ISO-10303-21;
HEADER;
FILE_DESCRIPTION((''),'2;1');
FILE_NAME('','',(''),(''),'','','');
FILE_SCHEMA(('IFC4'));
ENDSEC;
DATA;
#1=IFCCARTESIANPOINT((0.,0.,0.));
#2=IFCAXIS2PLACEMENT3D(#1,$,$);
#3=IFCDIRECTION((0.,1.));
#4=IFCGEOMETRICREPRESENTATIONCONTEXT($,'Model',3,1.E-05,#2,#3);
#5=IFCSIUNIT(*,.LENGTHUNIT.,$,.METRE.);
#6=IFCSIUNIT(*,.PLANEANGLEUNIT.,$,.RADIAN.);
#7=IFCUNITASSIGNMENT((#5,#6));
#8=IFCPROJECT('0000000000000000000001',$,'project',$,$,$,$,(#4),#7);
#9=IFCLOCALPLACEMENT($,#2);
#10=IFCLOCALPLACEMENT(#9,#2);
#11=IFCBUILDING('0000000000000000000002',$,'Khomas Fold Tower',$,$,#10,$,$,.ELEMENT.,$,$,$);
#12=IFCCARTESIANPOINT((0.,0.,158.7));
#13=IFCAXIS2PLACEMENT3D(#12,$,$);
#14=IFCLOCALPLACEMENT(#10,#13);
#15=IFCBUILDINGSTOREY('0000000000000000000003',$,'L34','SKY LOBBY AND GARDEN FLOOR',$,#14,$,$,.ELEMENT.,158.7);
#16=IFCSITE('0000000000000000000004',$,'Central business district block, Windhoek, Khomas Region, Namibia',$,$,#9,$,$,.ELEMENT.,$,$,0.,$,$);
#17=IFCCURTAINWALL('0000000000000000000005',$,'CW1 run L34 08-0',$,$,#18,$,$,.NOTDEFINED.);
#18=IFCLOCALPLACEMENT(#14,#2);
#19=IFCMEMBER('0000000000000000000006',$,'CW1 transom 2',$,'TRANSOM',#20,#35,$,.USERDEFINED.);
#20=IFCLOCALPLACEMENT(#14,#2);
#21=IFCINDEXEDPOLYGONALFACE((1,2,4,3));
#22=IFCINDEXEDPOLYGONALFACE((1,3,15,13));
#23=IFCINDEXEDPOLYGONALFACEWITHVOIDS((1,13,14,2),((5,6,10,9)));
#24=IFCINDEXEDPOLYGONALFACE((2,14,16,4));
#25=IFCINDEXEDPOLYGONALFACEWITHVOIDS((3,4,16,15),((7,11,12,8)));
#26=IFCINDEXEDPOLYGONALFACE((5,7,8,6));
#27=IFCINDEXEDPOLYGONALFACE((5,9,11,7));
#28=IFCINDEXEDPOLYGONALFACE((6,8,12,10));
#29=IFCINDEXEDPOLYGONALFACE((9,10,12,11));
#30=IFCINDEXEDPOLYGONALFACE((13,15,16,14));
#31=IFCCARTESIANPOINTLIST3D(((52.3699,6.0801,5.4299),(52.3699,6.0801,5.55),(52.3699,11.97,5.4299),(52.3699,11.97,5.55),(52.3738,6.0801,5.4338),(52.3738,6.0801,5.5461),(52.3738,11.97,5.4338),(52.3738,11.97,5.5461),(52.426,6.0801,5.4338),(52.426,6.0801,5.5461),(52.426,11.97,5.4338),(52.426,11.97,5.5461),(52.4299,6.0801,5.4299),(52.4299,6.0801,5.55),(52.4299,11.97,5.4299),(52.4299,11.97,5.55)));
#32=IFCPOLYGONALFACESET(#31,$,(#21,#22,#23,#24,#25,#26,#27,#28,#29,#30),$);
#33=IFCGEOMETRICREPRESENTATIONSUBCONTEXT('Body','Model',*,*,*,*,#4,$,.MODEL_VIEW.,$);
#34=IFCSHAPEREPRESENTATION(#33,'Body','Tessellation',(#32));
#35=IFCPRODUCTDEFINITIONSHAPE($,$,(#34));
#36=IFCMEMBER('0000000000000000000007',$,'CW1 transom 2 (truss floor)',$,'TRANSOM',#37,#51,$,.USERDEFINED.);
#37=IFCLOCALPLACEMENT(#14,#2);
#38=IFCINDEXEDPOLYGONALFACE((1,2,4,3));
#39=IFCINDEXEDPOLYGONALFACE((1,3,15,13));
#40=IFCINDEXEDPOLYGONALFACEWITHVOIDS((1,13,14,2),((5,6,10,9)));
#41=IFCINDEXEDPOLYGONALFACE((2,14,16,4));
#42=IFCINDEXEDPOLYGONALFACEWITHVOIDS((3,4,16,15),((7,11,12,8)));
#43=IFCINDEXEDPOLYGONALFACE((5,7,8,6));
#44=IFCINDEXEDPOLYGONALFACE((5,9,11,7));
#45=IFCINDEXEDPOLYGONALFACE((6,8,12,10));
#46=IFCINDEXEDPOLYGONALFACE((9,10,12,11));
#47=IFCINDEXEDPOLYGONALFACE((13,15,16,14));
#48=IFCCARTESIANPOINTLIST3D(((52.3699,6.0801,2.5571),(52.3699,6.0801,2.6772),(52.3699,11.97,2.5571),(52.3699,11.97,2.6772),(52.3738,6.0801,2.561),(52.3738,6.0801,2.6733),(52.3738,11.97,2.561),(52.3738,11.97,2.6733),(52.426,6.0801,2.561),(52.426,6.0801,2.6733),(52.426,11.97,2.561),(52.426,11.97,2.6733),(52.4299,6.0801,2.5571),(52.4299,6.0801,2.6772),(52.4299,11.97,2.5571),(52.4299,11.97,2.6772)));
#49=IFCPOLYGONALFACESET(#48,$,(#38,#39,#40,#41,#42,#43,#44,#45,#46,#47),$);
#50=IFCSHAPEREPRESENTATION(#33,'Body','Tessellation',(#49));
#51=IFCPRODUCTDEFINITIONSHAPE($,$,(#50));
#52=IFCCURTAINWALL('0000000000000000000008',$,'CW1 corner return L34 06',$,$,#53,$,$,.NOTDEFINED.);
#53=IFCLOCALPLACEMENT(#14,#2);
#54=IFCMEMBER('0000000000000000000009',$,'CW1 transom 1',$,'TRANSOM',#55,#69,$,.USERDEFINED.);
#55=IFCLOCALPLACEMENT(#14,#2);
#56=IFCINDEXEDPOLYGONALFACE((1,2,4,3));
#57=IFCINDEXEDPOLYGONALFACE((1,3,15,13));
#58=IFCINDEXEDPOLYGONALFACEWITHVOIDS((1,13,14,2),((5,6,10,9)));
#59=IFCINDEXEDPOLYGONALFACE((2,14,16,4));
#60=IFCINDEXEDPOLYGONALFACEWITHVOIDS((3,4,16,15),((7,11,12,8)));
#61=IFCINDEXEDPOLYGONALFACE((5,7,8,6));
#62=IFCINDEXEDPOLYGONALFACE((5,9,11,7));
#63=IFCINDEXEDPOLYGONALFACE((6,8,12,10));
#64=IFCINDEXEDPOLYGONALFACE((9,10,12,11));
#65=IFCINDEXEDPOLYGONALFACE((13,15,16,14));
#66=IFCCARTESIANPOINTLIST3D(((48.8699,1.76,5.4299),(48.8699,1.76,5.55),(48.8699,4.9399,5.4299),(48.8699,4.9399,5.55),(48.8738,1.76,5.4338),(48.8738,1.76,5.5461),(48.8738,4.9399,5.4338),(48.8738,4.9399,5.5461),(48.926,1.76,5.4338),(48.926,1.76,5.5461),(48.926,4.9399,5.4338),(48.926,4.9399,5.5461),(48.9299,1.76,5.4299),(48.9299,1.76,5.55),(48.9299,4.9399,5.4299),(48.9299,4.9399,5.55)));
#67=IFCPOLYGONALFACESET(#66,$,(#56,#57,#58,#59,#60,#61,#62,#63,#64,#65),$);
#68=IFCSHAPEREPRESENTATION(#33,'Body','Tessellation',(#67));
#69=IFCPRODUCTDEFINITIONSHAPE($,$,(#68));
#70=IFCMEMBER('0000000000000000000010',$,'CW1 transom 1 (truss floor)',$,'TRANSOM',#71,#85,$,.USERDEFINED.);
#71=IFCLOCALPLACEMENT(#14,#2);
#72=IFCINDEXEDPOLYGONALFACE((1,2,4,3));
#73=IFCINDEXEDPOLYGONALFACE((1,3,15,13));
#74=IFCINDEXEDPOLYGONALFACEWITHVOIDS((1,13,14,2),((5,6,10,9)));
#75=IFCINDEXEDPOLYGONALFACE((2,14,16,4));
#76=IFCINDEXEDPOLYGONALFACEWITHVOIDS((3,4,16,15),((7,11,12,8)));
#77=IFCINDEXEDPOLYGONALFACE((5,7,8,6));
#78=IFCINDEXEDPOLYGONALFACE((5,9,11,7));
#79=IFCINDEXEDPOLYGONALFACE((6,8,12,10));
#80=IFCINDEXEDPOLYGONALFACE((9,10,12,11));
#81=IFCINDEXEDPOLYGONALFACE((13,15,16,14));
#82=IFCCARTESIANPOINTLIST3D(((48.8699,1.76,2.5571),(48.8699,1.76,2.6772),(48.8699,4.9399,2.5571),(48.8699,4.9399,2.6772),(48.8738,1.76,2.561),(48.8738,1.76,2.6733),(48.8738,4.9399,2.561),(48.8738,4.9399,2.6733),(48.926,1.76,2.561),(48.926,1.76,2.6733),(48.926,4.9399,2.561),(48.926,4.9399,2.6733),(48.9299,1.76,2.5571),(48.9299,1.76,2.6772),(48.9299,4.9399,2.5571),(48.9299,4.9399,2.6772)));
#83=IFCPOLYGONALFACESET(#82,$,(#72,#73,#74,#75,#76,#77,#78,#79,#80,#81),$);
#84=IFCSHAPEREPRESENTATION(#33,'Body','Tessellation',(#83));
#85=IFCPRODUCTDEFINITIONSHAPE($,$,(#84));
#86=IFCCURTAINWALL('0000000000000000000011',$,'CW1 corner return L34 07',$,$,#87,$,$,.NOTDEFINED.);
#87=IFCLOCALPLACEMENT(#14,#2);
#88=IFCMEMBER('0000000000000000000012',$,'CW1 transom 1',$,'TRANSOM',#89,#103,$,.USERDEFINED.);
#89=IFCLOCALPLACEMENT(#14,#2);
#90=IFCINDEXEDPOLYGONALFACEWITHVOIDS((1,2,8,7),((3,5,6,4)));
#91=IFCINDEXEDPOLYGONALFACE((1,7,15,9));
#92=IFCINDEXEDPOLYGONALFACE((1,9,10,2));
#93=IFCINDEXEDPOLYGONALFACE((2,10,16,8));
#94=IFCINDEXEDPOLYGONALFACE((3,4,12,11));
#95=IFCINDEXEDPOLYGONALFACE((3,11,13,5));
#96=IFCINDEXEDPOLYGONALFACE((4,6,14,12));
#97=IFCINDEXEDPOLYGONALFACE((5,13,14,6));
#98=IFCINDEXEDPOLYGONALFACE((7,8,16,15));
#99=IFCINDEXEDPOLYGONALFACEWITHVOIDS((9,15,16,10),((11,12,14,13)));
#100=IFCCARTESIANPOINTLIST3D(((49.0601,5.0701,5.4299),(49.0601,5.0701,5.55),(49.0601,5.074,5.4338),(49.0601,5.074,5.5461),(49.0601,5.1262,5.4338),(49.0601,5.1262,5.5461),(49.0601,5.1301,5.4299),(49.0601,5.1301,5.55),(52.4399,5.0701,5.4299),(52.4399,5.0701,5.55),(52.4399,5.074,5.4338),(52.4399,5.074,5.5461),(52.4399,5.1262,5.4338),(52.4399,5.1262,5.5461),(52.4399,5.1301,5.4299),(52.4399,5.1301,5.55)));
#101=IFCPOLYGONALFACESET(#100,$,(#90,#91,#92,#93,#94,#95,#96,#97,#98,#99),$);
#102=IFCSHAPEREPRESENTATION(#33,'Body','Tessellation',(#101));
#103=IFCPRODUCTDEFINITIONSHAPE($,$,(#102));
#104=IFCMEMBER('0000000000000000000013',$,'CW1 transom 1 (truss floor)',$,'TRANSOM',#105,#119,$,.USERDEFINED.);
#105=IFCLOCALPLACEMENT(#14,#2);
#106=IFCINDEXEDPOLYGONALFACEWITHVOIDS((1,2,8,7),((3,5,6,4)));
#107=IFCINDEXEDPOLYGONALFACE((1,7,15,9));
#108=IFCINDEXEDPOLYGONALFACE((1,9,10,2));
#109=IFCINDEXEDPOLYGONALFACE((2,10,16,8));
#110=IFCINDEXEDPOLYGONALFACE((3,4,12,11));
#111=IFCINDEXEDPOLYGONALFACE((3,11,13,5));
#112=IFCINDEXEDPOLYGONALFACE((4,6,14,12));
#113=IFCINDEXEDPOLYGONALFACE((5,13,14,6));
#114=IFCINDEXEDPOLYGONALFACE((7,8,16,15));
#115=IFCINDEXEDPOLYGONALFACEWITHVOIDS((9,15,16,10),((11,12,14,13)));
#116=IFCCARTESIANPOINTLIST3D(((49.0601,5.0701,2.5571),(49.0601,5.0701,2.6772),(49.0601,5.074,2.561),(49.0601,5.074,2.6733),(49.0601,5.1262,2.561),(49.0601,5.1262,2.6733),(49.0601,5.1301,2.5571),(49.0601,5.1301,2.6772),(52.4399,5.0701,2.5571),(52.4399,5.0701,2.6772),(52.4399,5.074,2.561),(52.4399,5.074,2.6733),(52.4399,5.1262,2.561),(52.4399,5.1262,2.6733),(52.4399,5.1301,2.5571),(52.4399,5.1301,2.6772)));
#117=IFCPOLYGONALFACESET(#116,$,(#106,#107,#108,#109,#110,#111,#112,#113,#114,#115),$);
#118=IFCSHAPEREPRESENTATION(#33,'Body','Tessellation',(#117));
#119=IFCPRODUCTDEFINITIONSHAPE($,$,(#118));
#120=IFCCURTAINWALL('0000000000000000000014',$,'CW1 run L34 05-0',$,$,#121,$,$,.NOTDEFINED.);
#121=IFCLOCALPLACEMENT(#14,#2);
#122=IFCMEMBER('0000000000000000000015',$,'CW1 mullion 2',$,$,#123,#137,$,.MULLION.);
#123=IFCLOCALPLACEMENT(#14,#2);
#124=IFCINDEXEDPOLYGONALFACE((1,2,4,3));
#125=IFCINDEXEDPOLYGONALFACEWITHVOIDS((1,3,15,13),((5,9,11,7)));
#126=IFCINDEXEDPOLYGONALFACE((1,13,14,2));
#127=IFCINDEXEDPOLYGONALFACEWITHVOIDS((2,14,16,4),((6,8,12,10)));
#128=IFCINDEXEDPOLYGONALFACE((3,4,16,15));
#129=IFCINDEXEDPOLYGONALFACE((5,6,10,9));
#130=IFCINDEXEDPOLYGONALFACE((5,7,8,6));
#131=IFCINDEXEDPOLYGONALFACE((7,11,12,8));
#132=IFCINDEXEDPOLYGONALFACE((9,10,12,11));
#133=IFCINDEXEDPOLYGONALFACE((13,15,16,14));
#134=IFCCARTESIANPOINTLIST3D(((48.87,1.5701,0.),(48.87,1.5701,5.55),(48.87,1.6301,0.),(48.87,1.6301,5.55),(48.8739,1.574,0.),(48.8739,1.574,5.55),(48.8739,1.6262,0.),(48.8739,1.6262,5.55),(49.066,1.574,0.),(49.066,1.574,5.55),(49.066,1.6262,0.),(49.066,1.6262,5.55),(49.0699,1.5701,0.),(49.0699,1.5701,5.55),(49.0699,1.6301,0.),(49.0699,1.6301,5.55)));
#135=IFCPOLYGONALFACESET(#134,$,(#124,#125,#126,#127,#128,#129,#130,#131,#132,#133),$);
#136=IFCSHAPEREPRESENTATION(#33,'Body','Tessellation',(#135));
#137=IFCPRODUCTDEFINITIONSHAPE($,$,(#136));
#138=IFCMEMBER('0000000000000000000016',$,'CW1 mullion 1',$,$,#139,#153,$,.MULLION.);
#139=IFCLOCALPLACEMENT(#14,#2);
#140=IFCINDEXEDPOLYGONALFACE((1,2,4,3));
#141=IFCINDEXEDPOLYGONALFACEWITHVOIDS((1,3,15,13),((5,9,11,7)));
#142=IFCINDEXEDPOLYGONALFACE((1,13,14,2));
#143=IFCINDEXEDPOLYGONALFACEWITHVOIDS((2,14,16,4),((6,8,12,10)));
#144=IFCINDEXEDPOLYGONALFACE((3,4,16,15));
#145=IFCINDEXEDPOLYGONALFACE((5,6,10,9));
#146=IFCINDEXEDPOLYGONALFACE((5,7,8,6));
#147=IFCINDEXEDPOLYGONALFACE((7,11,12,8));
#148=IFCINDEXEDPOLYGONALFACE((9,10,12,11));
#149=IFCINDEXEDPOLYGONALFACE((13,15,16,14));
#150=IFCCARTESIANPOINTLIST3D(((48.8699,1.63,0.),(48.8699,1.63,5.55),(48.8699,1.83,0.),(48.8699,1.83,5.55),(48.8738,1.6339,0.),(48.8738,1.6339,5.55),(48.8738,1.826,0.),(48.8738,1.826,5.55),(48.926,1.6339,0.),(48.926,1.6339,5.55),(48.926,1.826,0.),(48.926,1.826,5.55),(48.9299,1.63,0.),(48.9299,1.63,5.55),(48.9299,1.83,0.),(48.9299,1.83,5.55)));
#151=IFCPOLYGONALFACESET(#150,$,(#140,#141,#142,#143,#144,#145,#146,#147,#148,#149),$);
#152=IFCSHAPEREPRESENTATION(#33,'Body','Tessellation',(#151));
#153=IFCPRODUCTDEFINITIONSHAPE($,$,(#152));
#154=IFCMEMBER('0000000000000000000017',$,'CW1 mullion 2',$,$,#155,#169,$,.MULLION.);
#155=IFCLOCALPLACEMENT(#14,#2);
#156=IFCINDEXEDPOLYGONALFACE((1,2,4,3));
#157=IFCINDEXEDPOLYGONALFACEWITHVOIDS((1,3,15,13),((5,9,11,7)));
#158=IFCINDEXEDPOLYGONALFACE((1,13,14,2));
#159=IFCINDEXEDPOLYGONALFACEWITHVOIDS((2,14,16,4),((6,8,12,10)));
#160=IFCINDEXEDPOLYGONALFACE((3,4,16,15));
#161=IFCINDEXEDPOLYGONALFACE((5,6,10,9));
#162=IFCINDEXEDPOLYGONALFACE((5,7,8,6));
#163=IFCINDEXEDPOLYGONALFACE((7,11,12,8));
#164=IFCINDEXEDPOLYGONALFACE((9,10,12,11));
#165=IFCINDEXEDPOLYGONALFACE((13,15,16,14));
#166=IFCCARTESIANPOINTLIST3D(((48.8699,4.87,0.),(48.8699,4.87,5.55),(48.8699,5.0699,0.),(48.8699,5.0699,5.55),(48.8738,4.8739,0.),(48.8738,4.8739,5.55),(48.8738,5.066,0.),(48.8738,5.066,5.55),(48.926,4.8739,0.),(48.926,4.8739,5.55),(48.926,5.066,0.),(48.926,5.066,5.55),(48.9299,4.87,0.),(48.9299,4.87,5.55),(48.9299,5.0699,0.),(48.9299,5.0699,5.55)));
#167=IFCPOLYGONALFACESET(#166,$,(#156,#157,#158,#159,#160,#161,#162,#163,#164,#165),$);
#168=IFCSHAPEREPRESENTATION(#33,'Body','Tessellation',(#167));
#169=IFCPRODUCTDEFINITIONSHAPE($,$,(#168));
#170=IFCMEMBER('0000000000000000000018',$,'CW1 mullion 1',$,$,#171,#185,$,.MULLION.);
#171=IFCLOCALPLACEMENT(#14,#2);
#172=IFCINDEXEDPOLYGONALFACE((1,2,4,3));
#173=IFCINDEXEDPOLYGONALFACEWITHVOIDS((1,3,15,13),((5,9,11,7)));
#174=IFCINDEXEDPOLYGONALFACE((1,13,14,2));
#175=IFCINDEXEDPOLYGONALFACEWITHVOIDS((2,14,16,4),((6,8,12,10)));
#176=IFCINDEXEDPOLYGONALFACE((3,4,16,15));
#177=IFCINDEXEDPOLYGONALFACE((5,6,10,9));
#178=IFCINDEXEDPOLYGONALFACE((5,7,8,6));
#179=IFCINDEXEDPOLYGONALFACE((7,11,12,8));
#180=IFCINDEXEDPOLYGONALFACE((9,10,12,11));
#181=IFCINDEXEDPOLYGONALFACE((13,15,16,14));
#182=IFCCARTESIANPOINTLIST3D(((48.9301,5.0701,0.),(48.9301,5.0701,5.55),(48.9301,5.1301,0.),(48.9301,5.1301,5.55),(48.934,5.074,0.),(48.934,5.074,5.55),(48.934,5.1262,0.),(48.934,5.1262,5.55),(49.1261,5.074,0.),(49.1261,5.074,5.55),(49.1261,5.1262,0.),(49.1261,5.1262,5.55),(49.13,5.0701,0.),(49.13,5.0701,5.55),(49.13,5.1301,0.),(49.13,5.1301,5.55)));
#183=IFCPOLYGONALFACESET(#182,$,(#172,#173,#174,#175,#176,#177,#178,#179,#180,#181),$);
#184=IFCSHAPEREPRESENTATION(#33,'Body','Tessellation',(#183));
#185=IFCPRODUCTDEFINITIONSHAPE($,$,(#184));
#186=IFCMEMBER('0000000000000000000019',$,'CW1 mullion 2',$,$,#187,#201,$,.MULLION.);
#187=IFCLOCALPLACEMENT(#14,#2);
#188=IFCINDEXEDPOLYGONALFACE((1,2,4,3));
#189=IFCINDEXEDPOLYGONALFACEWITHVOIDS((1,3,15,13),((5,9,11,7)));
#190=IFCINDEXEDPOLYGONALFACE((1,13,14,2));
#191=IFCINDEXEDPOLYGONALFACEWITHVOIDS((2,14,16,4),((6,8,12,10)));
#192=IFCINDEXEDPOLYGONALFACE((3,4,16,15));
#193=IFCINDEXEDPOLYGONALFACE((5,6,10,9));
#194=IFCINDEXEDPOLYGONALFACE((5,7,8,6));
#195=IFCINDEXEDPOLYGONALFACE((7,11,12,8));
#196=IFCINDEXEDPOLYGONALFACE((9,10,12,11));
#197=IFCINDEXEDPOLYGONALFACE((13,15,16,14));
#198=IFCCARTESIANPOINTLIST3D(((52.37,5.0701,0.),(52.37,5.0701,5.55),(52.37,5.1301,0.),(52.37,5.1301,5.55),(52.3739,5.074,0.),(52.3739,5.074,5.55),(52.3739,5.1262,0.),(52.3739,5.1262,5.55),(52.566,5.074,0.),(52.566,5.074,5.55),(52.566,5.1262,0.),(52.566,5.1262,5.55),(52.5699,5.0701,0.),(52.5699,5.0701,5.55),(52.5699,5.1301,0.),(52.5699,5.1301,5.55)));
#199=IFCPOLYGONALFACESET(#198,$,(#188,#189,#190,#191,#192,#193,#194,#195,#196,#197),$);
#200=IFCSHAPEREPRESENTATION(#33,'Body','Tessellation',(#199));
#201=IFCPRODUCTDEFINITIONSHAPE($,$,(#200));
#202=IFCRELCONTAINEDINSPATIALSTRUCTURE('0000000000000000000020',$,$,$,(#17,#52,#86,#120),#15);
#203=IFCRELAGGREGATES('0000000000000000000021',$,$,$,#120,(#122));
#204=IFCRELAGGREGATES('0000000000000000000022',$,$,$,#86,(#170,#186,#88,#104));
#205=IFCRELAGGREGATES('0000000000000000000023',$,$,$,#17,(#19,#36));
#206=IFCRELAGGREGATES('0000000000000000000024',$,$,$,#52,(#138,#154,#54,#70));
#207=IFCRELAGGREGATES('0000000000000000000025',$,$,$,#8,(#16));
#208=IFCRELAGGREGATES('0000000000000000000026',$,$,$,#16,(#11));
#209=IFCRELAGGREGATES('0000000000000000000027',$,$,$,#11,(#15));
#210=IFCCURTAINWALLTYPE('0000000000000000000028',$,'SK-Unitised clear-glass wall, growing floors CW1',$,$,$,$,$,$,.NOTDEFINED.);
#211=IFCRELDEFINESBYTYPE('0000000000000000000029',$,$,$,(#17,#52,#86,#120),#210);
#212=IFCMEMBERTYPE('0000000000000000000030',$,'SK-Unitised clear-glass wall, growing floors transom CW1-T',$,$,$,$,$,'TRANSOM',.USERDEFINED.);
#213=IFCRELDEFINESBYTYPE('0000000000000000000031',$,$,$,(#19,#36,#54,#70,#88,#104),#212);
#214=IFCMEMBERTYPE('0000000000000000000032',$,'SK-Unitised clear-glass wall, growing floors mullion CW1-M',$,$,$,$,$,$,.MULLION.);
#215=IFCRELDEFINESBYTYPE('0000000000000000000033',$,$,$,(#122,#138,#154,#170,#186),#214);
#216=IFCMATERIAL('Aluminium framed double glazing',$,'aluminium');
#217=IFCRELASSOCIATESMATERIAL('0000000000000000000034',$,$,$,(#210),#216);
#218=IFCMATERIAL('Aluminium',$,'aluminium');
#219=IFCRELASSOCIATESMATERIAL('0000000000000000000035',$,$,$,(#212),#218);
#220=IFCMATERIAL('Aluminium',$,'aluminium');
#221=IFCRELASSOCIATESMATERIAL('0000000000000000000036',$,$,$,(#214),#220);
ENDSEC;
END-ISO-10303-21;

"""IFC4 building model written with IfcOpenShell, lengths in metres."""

from ifc_helpers import new_model, si_unit, direction, frame, origin, origin_2d, place, context, subcontext, project, spatial, hollow_rectangle, extrude, source, transform, mapped, material, material_profile, profile_set, type_object, element, aggregate, save


model = new_model("IFC4")

# Units and contexts
model_context = context("Model", 3, precision=1e-05, world=origin(), true_north=direction((0.0, 1.0)))
body_context = subcontext(model_context, "Body", "Model", "MODEL_VIEW")
ifc_project = project(units=[si_unit("LENGTHUNIT", "METRE"), si_unit("PLANEANGLEUNIT", "RADIAN")], contexts=[model_context])

# Site, building, storey
site_placement = place(None, origin())
site = spatial("IfcSite", under=ifc_project, at=site_placement, Name="Central business district block, Windhoek, Khomas Region, Namibia", CompositionType="ELEMENT", RefElevation=0.0)
building_placement = place(site_placement, origin())
building = spatial("IfcBuilding", under=site, at=building_placement, Name="Khomas Fold Tower", CompositionType="ELEMENT")
storey_placement = place(building_placement, frame((0.0, 0.0, 158.7)))
storey = spatial("IfcBuildingStorey", under=building, at=storey_placement, Name="L34", Description="SKY LOBBY AND GARDEN FLOOR", CompositionType="ELEMENT", Elevation=158.7)

# Curtain walls, members
ifc_material_1 = material(Name="Aluminium framed double glazing", Category="aluminium")
curtain_wall_type = type_object("IfcCurtainWallType", Name="SK-Unitised clear-glass wall, growing floors CW1", PredefinedType="NOTDEFINED", material=ifc_material_1)
curtain_wall_1_placement = place(storey_placement, origin())
curtain_wall_1 = element("IfcCurtainWall", 1, at=curtain_wall_1_placement, inside=storey, type_object=curtain_wall_type, Name="CW1 run L34 08-0", PredefinedType="NOTDEFINED")
ifc_material_2 = material(Name="Aluminium", Category="aluminium")
ifc_material_profile_1 = material_profile(ifc_material_2, hollow_rectangle(XDim=0.0601, YDim=0.1201, WallThickness=0.0039, at=origin_2d()), Name="SK-Unitised clear-glass wall, growing floors transom CW1-T")
ifc_profile_set_1 = profile_set([ifc_material_profile_1], Name="Aluminium")
member_type_1 = type_object("IfcMemberType", Name="SK-Unitised clear-glass wall, growing floors transom CW1-T", ElementType="TRANSOM", PredefinedType="USERDEFINED", material=ifc_profile_set_1)
shared_shape_1 = source(origin(), body_context, "Body", "SweptSolid", [
    extrude(hollow_rectangle(XDim=0.0601, YDim=0.1201, WallThickness=0.0039, at=origin_2d()), origin(), (0.0, 0.0, 1.0), 5.8899),
])
member_1_placement = place(storey_placement, frame((52.3999, 6.0801, 5.49), z_axis=(0.0, 1.0, 0.0), x_axis=(-1.0, 0.0, 0.0)))
member_1 = element("IfcMember", 2, at=member_1_placement, type_object=member_type_1, Name="CW1 transom 2", ObjectType="TRANSOM", PredefinedType="USERDEFINED", context=body_context, shape_type="MappedRepresentation", body=[
    mapped(shared_shape_1, transform((0.0, 0.0, 0.0))),
])
member_2_placement = place(storey_placement, frame((52.3999, 6.0801, 2.6172), z_axis=(0.0, 1.0, 0.0), x_axis=(-1.0, 0.0, 0.0)))
member_2 = element("IfcMember", 3, at=member_2_placement, type_object=member_type_1, Name="CW1 transom 2 (truss floor)", ObjectType="TRANSOM", PredefinedType="USERDEFINED", context=body_context, shape_type="MappedRepresentation", body=[
    mapped(shared_shape_1, transform((0.0, 0.0, 0.0))),
])
curtain_wall_2_placement = place(storey_placement, origin())
curtain_wall_2 = element("IfcCurtainWall", 4, at=curtain_wall_2_placement, inside=storey, type_object=curtain_wall_type, Name="CW1 corner return L34 06", PredefinedType="NOTDEFINED")
shared_shape_2 = source(origin(), body_context, "Body", "SweptSolid", [
    extrude(hollow_rectangle(XDim=0.0601, YDim=0.1201, WallThickness=0.0039, at=origin_2d()), origin(), (0.0, 0.0, 1.0), 3.1799),
])
member_3_placement = place(storey_placement, frame((48.8999, 1.76, 5.49), z_axis=(0.0, 1.0, 0.0), x_axis=(-1.0, 0.0, 0.0)))
member_3 = element("IfcMember", 5, at=member_3_placement, type_object=member_type_1, Name="CW1 transom 1", ObjectType="TRANSOM", PredefinedType="USERDEFINED", context=body_context, shape_type="MappedRepresentation", body=[
    mapped(shared_shape_2, transform((0.0, 0.0, 0.0))),
])
member_4_placement = place(storey_placement, frame((48.8999, 1.76, 2.6172), z_axis=(0.0, 1.0, 0.0), x_axis=(-1.0, 0.0, 0.0)))
member_4 = element("IfcMember", 6, at=member_4_placement, type_object=member_type_1, Name="CW1 transom 1 (truss floor)", ObjectType="TRANSOM", PredefinedType="USERDEFINED", context=body_context, shape_type="MappedRepresentation", body=[
    mapped(shared_shape_2, transform((0.0, 0.0, 0.0))),
])
curtain_wall_3_placement = place(storey_placement, origin())
curtain_wall_3 = element("IfcCurtainWall", 7, at=curtain_wall_3_placement, inside=storey, type_object=curtain_wall_type, Name="CW1 corner return L34 07", PredefinedType="NOTDEFINED")
shared_shape_3 = source(origin(), body_context, "Body", "SweptSolid", [
    extrude(hollow_rectangle(XDim=0.0601, YDim=0.1201, WallThickness=0.0039, at=origin_2d()), origin(), (0.0, 0.0, 1.0), 3.3799),
])
member_5_placement = place(storey_placement, frame((49.0601, 5.1001, 5.49), z_axis=(1.0, 0.0, 0.0), x_axis=(0.0, 1.0, 0.0)))
member_5 = element("IfcMember", 8, at=member_5_placement, type_object=member_type_1, Name="CW1 transom 1", ObjectType="TRANSOM", PredefinedType="USERDEFINED", context=body_context, shape_type="MappedRepresentation", body=[
    mapped(shared_shape_3, transform((0.0, 0.0, 0.0))),
])
member_6_placement = place(storey_placement, frame((49.0601, 5.1001, 2.6172), z_axis=(1.0, 0.0, 0.0), x_axis=(0.0, 1.0, 0.0)))
member_6 = element("IfcMember", 9, at=member_6_placement, type_object=member_type_1, Name="CW1 transom 1 (truss floor)", ObjectType="TRANSOM", PredefinedType="USERDEFINED", context=body_context, shape_type="MappedRepresentation", body=[
    mapped(shared_shape_3, transform((0.0, 0.0, 0.0))),
])

# Curtain wall, member
curtain_wall_4_placement = place(storey_placement, origin())
curtain_wall_4 = element("IfcCurtainWall", 10, at=curtain_wall_4_placement, inside=storey, type_object=curtain_wall_type, Name="CW1 run L34 05-0", PredefinedType="NOTDEFINED")
ifc_material_3 = material(Name="Aluminium", Category="aluminium")
ifc_material_profile_2 = material_profile(ifc_material_3, hollow_rectangle(XDim=0.0601, YDim=0.2, WallThickness=0.0039, at=origin_2d()), Name="SK-Unitised clear-glass wall, growing floors mullion CW1-M")
ifc_profile_set_2 = profile_set([ifc_material_profile_2], Name="Aluminium")
member_type_2 = type_object("IfcMemberType", Name="SK-Unitised clear-glass wall, growing floors mullion CW1-M", PredefinedType="MULLION", material=ifc_profile_set_2)
shared_shape_4 = source(origin(), body_context, "Body", "SweptSolid", [
    extrude(hollow_rectangle(XDim=0.0601, YDim=0.2, WallThickness=0.0039, at=origin_2d()), origin(), (0.0, 0.0, 1.0), 5.55),
])
member_7_placement = place(storey_placement, frame((48.97, 1.6001, 0.0), z_axis=(0.0, 0.0, 1.0), x_axis=(0.0, 1.0, 0.0)))
member_7 = element("IfcMember", 11, at=member_7_placement, type_object=member_type_2, Name="CW1 mullion 2", PredefinedType="MULLION", context=body_context, shape_type="MappedRepresentation", body=[
    mapped(shared_shape_4, transform((0.0, 0.0, 0.0))),
])
aggregate(curtain_wall_4, [member_7])

# Members
member_8_placement = place(storey_placement, frame((48.8999, 1.73, 0.0), z_axis=(0.0, 0.0, 1.0), x_axis=(-1.0, 0.0, 0.0)))
member_8 = element("IfcMember", 12, at=member_8_placement, type_object=member_type_2, Name="CW1 mullion 1", PredefinedType="MULLION", context=body_context, shape_type="MappedRepresentation", body=[
    mapped(shared_shape_4, transform((0.0, 0.0, 0.0))),
])
member_9_placement = place(storey_placement, frame((48.8999, 4.97, 0.0), z_axis=(0.0, 0.0, 1.0), x_axis=(-1.0, 0.0, 0.0)))
member_9 = element("IfcMember", 13, at=member_9_placement, type_object=member_type_2, Name="CW1 mullion 2", PredefinedType="MULLION", context=body_context, shape_type="MappedRepresentation", body=[
    mapped(shared_shape_4, transform((0.0, 0.0, 0.0))),
])
member_10_placement = place(storey_placement, frame((49.03, 5.1001, 0.0), z_axis=(0.0, 0.0, 1.0), x_axis=(0.0, 1.0, 0.0)))
member_10 = element("IfcMember", 14, at=member_10_placement, type_object=member_type_2, Name="CW1 mullion 1", PredefinedType="MULLION", context=body_context, shape_type="MappedRepresentation", body=[
    mapped(shared_shape_4, transform((0.0, 0.0, 0.0))),
])
member_11_placement = place(storey_placement, frame((52.47, 5.1001, 0.0), z_axis=(0.0, 0.0, 1.0), x_axis=(0.0, 1.0, 0.0)))
member_11 = element("IfcMember", 15, at=member_11_placement, type_object=member_type_2, Name="CW1 mullion 2", PredefinedType="MULLION", context=body_context, shape_type="MappedRepresentation", body=[
    mapped(shared_shape_4, transform((0.0, 0.0, 0.0))),
])

aggregate(curtain_wall_3, [member_10, member_11, member_5, member_6])
aggregate(curtain_wall_1, [member_1, member_2])
aggregate(curtain_wall_2, [member_8, member_9, member_3, member_4])

save(model, "model.ifc")
